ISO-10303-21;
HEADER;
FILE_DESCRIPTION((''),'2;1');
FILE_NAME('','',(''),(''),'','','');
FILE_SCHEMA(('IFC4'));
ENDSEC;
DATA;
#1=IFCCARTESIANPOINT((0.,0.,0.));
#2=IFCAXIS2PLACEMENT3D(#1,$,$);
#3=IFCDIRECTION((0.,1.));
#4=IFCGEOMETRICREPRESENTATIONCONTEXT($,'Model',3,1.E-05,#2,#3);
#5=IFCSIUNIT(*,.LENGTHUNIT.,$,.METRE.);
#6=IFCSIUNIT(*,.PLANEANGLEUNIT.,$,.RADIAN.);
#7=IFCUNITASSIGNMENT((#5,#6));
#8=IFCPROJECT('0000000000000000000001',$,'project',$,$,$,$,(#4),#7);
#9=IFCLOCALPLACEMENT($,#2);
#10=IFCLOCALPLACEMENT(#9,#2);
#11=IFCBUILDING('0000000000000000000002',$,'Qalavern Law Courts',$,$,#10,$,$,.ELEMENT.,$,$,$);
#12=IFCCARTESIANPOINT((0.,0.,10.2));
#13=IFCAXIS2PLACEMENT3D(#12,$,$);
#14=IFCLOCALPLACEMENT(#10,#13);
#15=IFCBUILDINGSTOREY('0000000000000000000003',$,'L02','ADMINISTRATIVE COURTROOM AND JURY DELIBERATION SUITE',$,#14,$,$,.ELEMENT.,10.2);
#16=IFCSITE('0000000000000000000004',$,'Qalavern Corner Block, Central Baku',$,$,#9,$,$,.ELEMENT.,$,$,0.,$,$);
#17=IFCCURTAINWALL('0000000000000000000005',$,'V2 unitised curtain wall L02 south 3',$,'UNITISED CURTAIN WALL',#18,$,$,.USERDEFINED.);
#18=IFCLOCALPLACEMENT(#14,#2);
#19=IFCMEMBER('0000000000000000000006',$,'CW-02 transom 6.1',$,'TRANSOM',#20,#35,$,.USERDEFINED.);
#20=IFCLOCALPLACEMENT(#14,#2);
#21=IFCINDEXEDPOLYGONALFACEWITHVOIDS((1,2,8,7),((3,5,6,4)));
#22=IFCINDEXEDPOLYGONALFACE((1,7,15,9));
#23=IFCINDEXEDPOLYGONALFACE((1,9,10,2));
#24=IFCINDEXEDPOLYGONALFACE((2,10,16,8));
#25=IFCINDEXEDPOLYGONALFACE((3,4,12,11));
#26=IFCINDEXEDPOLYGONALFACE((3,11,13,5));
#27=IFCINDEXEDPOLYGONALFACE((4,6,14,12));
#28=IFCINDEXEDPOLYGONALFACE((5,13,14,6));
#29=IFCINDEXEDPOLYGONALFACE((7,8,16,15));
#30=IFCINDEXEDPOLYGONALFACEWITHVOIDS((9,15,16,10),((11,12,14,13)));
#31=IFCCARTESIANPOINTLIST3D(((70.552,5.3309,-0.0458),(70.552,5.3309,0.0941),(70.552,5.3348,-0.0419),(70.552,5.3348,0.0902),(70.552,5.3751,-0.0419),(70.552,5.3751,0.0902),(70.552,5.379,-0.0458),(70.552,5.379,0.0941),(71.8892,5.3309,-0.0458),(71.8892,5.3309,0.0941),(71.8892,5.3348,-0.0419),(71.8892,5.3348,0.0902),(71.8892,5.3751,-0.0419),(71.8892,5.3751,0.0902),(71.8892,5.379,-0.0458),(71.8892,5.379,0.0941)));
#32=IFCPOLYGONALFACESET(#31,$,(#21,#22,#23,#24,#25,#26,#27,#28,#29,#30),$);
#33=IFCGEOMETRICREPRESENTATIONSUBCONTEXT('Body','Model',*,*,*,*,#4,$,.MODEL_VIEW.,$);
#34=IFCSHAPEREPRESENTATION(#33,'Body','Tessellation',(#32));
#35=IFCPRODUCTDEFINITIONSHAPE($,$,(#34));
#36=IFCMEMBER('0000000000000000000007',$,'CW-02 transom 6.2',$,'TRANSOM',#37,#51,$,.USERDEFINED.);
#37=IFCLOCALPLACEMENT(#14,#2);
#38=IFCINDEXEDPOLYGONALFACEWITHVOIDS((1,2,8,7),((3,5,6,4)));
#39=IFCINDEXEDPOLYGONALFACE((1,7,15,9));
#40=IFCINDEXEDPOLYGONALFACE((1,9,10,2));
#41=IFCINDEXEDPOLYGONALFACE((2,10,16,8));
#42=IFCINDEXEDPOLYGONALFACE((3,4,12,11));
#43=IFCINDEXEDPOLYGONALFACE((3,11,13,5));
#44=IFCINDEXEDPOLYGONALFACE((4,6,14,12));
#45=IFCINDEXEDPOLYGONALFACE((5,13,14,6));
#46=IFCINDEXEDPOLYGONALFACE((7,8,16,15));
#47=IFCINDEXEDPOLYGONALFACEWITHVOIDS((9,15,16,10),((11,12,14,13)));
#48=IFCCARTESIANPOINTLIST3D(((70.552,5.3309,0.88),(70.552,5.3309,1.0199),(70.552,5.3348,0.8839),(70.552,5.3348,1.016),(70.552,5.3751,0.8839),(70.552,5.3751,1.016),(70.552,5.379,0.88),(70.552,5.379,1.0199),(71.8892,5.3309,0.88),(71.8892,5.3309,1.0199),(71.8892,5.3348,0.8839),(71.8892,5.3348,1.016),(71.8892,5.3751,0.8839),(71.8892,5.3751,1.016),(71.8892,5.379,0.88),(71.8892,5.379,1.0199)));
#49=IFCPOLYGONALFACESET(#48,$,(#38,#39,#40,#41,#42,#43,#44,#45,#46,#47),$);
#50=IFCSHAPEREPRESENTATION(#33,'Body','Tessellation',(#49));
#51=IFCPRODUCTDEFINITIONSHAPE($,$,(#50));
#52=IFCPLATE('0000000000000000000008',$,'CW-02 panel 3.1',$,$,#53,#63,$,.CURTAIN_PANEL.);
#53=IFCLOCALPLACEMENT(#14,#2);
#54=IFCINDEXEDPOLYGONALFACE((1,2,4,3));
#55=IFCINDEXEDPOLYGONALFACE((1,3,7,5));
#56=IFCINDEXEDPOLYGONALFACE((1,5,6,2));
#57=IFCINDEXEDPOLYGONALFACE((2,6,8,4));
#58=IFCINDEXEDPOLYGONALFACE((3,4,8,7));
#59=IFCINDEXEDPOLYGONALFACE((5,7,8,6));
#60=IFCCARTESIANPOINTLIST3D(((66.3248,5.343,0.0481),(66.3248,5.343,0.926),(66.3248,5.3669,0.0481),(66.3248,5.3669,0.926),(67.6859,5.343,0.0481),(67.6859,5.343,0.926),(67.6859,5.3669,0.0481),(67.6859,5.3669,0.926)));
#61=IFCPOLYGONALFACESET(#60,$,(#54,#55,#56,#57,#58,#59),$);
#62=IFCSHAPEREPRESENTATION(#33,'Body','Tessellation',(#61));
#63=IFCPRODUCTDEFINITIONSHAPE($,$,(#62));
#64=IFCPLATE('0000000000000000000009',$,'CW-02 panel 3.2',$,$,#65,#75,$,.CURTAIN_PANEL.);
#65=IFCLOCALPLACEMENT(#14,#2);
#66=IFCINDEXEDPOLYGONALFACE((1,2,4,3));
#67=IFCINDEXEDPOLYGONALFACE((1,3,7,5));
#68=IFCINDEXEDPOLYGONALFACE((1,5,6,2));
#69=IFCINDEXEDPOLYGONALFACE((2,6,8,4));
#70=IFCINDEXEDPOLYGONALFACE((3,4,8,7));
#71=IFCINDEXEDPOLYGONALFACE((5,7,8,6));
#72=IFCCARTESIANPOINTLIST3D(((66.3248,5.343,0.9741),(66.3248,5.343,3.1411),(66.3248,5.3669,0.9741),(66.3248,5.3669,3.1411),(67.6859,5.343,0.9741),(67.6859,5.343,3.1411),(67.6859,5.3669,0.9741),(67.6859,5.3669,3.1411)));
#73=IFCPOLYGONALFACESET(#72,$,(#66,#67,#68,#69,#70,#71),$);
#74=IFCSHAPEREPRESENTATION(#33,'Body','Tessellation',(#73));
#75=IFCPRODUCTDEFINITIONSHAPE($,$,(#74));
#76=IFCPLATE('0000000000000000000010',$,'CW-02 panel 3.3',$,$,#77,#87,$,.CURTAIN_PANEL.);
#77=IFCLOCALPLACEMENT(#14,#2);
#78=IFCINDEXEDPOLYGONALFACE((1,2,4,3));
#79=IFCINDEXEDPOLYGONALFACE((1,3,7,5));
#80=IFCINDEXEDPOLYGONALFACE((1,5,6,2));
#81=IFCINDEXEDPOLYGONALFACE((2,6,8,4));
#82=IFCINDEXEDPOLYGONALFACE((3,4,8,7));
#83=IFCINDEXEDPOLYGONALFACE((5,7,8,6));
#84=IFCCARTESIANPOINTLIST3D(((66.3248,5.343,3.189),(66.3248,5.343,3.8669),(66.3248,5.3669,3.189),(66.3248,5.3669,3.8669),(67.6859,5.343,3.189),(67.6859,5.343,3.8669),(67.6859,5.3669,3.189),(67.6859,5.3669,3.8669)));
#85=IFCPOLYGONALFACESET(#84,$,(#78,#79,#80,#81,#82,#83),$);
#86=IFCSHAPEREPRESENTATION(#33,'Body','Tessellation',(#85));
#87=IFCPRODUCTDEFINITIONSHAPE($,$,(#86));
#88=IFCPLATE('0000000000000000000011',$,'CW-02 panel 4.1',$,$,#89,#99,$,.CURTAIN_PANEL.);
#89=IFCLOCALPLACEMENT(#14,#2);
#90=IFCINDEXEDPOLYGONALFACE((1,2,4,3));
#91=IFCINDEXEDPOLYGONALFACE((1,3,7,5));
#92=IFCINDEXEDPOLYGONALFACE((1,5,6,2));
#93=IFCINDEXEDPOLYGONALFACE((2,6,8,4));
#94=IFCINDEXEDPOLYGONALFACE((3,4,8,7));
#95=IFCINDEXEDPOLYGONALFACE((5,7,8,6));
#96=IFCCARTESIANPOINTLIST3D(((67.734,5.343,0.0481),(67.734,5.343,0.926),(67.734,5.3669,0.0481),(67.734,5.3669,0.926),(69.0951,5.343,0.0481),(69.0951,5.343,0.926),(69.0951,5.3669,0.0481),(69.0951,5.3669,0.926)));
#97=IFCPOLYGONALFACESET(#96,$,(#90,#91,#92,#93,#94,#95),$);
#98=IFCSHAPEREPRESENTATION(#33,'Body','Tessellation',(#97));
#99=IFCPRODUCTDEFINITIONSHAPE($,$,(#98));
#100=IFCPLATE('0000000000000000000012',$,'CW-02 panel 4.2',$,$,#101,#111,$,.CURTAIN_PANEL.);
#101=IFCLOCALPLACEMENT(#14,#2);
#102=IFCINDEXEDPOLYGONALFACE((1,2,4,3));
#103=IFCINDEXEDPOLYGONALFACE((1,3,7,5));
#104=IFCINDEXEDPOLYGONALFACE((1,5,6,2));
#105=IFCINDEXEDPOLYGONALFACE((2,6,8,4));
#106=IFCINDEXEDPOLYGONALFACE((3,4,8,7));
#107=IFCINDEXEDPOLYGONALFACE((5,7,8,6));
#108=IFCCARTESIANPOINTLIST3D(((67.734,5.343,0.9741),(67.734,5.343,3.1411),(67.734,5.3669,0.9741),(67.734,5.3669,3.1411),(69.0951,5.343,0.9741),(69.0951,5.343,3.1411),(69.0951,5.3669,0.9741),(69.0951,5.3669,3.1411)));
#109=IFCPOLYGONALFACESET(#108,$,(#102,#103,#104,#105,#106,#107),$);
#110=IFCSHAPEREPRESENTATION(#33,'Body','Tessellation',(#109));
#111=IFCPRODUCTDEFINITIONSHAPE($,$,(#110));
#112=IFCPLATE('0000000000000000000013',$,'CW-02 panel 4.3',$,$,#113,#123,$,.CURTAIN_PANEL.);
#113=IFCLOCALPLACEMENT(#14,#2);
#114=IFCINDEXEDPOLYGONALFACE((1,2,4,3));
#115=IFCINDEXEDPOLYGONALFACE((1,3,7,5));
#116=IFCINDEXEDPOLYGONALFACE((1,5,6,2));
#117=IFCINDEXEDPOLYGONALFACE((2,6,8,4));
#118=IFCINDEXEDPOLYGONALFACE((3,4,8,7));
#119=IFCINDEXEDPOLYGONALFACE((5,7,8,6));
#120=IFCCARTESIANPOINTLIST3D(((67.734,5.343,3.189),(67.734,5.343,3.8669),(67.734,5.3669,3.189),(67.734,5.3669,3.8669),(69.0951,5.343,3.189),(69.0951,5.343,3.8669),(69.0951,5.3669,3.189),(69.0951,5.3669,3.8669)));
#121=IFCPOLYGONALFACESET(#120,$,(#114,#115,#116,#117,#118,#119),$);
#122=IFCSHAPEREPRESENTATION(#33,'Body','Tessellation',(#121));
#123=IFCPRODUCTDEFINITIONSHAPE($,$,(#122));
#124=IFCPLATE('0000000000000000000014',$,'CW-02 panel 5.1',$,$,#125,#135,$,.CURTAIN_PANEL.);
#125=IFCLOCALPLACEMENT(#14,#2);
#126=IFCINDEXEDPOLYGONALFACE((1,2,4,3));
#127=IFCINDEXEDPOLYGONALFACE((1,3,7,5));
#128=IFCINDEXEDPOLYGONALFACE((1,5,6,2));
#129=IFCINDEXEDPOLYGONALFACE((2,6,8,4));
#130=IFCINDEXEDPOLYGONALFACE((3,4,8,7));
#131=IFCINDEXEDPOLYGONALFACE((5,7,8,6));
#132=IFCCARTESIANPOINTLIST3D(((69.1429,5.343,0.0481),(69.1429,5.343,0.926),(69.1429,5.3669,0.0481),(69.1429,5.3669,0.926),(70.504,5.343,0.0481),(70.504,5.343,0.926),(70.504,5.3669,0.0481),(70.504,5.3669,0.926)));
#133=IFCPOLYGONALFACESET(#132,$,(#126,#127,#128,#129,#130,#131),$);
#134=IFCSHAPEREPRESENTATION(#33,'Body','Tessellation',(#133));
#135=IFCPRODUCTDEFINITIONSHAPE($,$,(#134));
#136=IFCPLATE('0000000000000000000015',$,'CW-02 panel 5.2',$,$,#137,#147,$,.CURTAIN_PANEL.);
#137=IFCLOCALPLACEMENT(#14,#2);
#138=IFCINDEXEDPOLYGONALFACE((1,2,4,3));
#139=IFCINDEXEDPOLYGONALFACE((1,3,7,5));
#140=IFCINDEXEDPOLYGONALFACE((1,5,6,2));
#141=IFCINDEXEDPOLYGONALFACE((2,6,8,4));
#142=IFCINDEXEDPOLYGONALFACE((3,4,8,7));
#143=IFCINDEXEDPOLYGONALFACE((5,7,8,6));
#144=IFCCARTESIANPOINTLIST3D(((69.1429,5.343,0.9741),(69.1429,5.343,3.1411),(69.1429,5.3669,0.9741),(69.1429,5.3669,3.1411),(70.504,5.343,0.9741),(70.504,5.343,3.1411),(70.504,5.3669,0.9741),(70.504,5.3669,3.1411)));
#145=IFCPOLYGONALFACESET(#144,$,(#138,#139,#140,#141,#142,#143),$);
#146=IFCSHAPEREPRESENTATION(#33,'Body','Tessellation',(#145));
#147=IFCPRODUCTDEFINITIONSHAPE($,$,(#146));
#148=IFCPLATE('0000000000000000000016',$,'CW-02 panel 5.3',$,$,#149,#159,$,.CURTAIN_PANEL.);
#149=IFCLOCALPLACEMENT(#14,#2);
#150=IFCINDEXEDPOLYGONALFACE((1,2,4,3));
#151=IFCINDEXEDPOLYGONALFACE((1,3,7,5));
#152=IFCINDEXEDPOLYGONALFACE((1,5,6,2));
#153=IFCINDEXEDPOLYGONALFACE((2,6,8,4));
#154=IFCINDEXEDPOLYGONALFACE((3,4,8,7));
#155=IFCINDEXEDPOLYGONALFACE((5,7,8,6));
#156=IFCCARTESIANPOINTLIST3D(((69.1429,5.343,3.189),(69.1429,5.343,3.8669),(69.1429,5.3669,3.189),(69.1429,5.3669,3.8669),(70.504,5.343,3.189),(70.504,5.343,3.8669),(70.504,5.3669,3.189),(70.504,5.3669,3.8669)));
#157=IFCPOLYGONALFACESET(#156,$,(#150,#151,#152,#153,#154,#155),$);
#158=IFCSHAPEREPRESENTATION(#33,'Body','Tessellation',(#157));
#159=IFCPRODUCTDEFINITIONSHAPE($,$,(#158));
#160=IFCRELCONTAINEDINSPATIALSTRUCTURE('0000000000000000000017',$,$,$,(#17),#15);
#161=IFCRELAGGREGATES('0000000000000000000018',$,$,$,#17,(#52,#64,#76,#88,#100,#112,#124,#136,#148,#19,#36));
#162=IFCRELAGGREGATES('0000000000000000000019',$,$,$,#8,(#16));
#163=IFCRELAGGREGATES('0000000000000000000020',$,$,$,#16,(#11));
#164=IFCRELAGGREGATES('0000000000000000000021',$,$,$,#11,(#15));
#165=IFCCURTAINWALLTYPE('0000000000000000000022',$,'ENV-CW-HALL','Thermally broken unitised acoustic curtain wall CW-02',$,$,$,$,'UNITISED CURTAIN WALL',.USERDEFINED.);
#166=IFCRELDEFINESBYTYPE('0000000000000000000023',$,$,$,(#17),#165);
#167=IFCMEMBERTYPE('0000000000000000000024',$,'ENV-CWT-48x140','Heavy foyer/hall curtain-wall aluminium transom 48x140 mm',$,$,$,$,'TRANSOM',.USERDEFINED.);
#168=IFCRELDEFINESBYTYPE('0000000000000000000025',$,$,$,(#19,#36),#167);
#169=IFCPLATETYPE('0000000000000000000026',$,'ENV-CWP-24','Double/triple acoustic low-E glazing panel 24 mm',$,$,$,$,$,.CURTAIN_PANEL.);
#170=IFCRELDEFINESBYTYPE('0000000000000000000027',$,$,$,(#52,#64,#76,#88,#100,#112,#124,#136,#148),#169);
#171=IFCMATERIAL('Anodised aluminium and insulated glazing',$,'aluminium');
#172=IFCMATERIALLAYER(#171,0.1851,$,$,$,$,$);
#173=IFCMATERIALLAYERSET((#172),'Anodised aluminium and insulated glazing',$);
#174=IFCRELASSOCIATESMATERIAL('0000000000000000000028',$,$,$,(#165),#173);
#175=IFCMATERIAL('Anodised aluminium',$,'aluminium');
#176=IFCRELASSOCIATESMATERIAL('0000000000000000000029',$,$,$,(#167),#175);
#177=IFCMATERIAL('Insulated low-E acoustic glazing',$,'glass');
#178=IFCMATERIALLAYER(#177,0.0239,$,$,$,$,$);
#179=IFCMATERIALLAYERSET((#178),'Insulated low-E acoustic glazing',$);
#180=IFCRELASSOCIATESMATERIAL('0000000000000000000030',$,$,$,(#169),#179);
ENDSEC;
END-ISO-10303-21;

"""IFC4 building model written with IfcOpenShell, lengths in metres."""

from ifc_helpers import new_model, si_unit, direction, frame, origin, origin_2d, place, context, subcontext, project, spatial, rectangle, hollow_rectangle, extrude, material, layer, layer_set, material_profile, profile_set, type_object, element, aggregate, save


model = new_model("IFC4")

# Units and contexts
model_context = context("Model", 3, precision=1e-05, world=origin(), true_north=direction((0.0, 1.0)))
body_context = subcontext(model_context, "Body", "Model", "MODEL_VIEW")
ifc_project = project(units=[si_unit("LENGTHUNIT", "METRE"), si_unit("PLANEANGLEUNIT", "RADIAN")], contexts=[model_context])

# Site, building, storey
site_placement = place(None, origin())
site = spatial("IfcSite", under=ifc_project, at=site_placement, Name="Qalavern Corner Block, Central Baku", CompositionType="ELEMENT", RefElevation=0.0)
building_placement = place(site_placement, origin())
building = spatial("IfcBuilding", under=site, at=building_placement, Name="Qalavern Law Courts", CompositionType="ELEMENT")
storey_placement = place(building_placement, frame((0.0, 0.0, 10.2)))
storey = spatial("IfcBuildingStorey", under=building, at=storey_placement, Name="L02", Description="ADMINISTRATIVE COURTROOM AND JURY DELIBERATION SUITE", CompositionType="ELEMENT", Elevation=10.2)

# Curtain wall, members, plates
ifc_material_1 = material(Name="Anodised aluminium and insulated glazing", Category="aluminium")
ifc_layer_1 = layer(ifc_material_1, 0.1851)
ifc_layer_set_1 = layer_set([ifc_layer_1], Name="Anodised aluminium and insulated glazing")
curtain_wall_type = type_object("IfcCurtainWallType", Name="ENV-CW-HALL", Description="Thermally broken unitised acoustic curtain wall CW-02", ElementType="UNITISED CURTAIN WALL", PredefinedType="USERDEFINED", material=ifc_layer_set_1)
curtain_wall_placement = place(storey_placement, origin())
curtain_wall = element("IfcCurtainWall", 1, at=curtain_wall_placement, inside=storey, type_object=curtain_wall_type, Name="V2 unitised curtain wall L02 south 3", ObjectType="UNITISED CURTAIN WALL", PredefinedType="USERDEFINED")
ifc_material_2 = material(Name="Anodised aluminium", Category="aluminium")
ifc_material_profile_1 = material_profile(ifc_material_2, hollow_rectangle(XDim=0.0481, YDim=0.1399, WallThickness=0.0039, at=origin_2d()), Name="ALU TRANSOM 48x140")
ifc_profile_set_1 = profile_set([ifc_material_profile_1], Name="Anodised aluminium")
member_type_1 = type_object("IfcMemberType", Name="ENV-CWT-48x140", Description="Heavy foyer/hall curtain-wall aluminium transom 48x140 mm", ElementType="TRANSOM", PredefinedType="USERDEFINED", material=ifc_profile_set_1)
member_1_placement = place(storey_placement, frame((70.552, 5.355, 0.0242), z_axis=(1.0, 0.0, 0.0), x_axis=(0.0, 1.0, 0.0)))
member_1 = element("IfcMember", 2, at=member_1_placement, type_object=member_type_1, Name="CW-02 transom 6.1", ObjectType="TRANSOM", PredefinedType="USERDEFINED", context=body_context, shape_type="SweptSolid", body=[
    extrude(hollow_rectangle(XDim=0.0481, YDim=0.1399, WallThickness=0.0039, at=origin_2d()), origin(), (0.0, 0.0, 1.0), 1.3372),
])
member_2_placement = place(storey_placement, frame((70.552, 5.355, 0.95), z_axis=(1.0, 0.0, 0.0), x_axis=(0.0, 1.0, 0.0)))
member_2 = element("IfcMember", 3, at=member_2_placement, type_object=member_type_1, Name="CW-02 transom 6.2", ObjectType="TRANSOM", PredefinedType="USERDEFINED", context=body_context, shape_type="SweptSolid", body=[
    extrude(hollow_rectangle(XDim=0.0481, YDim=0.1399, WallThickness=0.0039, at=origin_2d()), origin(), (0.0, 0.0, 1.0), 1.3372),
])
ifc_material_3 = material(Name="Insulated low-E acoustic glazing", Category="glass")
ifc_layer_2 = layer(ifc_material_3, 0.0239)
ifc_layer_set_2 = layer_set([ifc_layer_2], Name="Insulated low-E acoustic glazing")
plate_type = type_object("IfcPlateType", Name="ENV-CWP-24", Description="Double/triple acoustic low-E glazing panel 24 mm", PredefinedType="CURTAIN_PANEL", material=ifc_layer_set_2)
plate_1_placement = place(storey_placement, frame((67.0054, 5.355, 0.0481), z_axis=(0.0, 0.0, 1.0), x_axis=(1.0, 0.0, 0.0)))
plate_1 = element("IfcPlate", 4, at=plate_1_placement, type_object=plate_type, Name="CW-02 panel 3.1", PredefinedType="CURTAIN_PANEL", context=body_context, shape_type="SweptSolid", body=[
    extrude(rectangle(XDim=1.3611, YDim=0.0239, at=origin_2d()), origin(), (0.0, 0.0, 1.0), 0.8779),
])
plate_2_placement = place(storey_placement, frame((67.0054, 5.355, 0.9741), z_axis=(0.0, 0.0, 1.0), x_axis=(1.0, 0.0, 0.0)))
plate_2 = element("IfcPlate", 5, at=plate_2_placement, type_object=plate_type, Name="CW-02 panel 3.2", PredefinedType="CURTAIN_PANEL", context=body_context, shape_type="SweptSolid", body=[
    extrude(rectangle(XDim=1.3611, YDim=0.0239, at=origin_2d()), origin(), (0.0, 0.0, 1.0), 2.167),
])
plate_3_placement = place(storey_placement, frame((67.0054, 5.355, 3.189), z_axis=(0.0, 0.0, 1.0), x_axis=(1.0, 0.0, 0.0)))
plate_3 = element("IfcPlate", 6, at=plate_3_placement, type_object=plate_type, Name="CW-02 panel 3.3", PredefinedType="CURTAIN_PANEL", context=body_context, shape_type="SweptSolid", body=[
    extrude(rectangle(XDim=1.3611, YDim=0.0239, at=origin_2d()), origin(), (0.0, 0.0, 1.0), 0.678),
])
plate_4_placement = place(storey_placement, frame((68.4146, 5.355, 0.0481), z_axis=(0.0, 0.0, 1.0), x_axis=(1.0, 0.0, 0.0)))
plate_4 = element("IfcPlate", 7, at=plate_4_placement, type_object=plate_type, Name="CW-02 panel 4.1", PredefinedType="CURTAIN_PANEL", context=body_context, shape_type="SweptSolid", body=[
    extrude(rectangle(XDim=1.3611, YDim=0.0239, at=origin_2d()), origin(), (0.0, 0.0, 1.0), 0.8779),
])
plate_5_placement = place(storey_placement, frame((68.4146, 5.355, 0.9741), z_axis=(0.0, 0.0, 1.0), x_axis=(1.0, 0.0, 0.0)))
plate_5 = element("IfcPlate", 8, at=plate_5_placement, type_object=plate_type, Name="CW-02 panel 4.2", PredefinedType="CURTAIN_PANEL", context=body_context, shape_type="SweptSolid", body=[
    extrude(rectangle(XDim=1.3611, YDim=0.0239, at=origin_2d()), origin(), (0.0, 0.0, 1.0), 2.167),
])
plate_6_placement = place(storey_placement, frame((68.4146, 5.355, 3.189), z_axis=(0.0, 0.0, 1.0), x_axis=(1.0, 0.0, 0.0)))
plate_6 = element("IfcPlate", 9, at=plate_6_placement, type_object=plate_type, Name="CW-02 panel 4.3", PredefinedType="CURTAIN_PANEL", context=body_context, shape_type="SweptSolid", body=[
    extrude(rectangle(XDim=1.3611, YDim=0.0239, at=origin_2d()), origin(), (0.0, 0.0, 1.0), 0.678),
])
plate_7_placement = place(storey_placement, frame((69.8235, 5.355, 0.0481), z_axis=(0.0, 0.0, 1.0), x_axis=(1.0, 0.0, 0.0)))
plate_7 = element("IfcPlate", 10, at=plate_7_placement, type_object=plate_type, Name="CW-02 panel 5.1", PredefinedType="CURTAIN_PANEL", context=body_context, shape_type="SweptSolid", body=[
    extrude(rectangle(XDim=1.3611, YDim=0.0239, at=origin_2d()), origin(), (0.0, 0.0, 1.0), 0.8779),
])
plate_8_placement = place(storey_placement, frame((69.8235, 5.355, 0.9741), z_axis=(0.0, 0.0, 1.0), x_axis=(1.0, 0.0, 0.0)))
plate_8 = element("IfcPlate", 11, at=plate_8_placement, type_object=plate_type, Name="CW-02 panel 5.2", PredefinedType="CURTAIN_PANEL", context=body_context, shape_type="SweptSolid", body=[
    extrude(rectangle(XDim=1.3611, YDim=0.0239, at=origin_2d()), origin(), (0.0, 0.0, 1.0), 2.167),
])
plate_9_placement = place(storey_placement, frame((69.8235, 5.355, 3.189), z_axis=(0.0, 0.0, 1.0), x_axis=(1.0, 0.0, 0.0)))
plate_9 = element("IfcPlate", 12, at=plate_9_placement, type_object=plate_type, Name="CW-02 panel 5.3", PredefinedType="CURTAIN_PANEL", context=body_context, shape_type="SweptSolid", body=[
    extrude(rectangle(XDim=1.3611, YDim=0.0239, at=origin_2d()), origin(), (0.0, 0.0, 1.0), 0.678),
])
aggregate(curtain_wall, [plate_1, plate_2, plate_3, plate_4, plate_5, plate_6, plate_7, plate_8, plate_9, member_1, member_2])

save(model, "model.ifc")
